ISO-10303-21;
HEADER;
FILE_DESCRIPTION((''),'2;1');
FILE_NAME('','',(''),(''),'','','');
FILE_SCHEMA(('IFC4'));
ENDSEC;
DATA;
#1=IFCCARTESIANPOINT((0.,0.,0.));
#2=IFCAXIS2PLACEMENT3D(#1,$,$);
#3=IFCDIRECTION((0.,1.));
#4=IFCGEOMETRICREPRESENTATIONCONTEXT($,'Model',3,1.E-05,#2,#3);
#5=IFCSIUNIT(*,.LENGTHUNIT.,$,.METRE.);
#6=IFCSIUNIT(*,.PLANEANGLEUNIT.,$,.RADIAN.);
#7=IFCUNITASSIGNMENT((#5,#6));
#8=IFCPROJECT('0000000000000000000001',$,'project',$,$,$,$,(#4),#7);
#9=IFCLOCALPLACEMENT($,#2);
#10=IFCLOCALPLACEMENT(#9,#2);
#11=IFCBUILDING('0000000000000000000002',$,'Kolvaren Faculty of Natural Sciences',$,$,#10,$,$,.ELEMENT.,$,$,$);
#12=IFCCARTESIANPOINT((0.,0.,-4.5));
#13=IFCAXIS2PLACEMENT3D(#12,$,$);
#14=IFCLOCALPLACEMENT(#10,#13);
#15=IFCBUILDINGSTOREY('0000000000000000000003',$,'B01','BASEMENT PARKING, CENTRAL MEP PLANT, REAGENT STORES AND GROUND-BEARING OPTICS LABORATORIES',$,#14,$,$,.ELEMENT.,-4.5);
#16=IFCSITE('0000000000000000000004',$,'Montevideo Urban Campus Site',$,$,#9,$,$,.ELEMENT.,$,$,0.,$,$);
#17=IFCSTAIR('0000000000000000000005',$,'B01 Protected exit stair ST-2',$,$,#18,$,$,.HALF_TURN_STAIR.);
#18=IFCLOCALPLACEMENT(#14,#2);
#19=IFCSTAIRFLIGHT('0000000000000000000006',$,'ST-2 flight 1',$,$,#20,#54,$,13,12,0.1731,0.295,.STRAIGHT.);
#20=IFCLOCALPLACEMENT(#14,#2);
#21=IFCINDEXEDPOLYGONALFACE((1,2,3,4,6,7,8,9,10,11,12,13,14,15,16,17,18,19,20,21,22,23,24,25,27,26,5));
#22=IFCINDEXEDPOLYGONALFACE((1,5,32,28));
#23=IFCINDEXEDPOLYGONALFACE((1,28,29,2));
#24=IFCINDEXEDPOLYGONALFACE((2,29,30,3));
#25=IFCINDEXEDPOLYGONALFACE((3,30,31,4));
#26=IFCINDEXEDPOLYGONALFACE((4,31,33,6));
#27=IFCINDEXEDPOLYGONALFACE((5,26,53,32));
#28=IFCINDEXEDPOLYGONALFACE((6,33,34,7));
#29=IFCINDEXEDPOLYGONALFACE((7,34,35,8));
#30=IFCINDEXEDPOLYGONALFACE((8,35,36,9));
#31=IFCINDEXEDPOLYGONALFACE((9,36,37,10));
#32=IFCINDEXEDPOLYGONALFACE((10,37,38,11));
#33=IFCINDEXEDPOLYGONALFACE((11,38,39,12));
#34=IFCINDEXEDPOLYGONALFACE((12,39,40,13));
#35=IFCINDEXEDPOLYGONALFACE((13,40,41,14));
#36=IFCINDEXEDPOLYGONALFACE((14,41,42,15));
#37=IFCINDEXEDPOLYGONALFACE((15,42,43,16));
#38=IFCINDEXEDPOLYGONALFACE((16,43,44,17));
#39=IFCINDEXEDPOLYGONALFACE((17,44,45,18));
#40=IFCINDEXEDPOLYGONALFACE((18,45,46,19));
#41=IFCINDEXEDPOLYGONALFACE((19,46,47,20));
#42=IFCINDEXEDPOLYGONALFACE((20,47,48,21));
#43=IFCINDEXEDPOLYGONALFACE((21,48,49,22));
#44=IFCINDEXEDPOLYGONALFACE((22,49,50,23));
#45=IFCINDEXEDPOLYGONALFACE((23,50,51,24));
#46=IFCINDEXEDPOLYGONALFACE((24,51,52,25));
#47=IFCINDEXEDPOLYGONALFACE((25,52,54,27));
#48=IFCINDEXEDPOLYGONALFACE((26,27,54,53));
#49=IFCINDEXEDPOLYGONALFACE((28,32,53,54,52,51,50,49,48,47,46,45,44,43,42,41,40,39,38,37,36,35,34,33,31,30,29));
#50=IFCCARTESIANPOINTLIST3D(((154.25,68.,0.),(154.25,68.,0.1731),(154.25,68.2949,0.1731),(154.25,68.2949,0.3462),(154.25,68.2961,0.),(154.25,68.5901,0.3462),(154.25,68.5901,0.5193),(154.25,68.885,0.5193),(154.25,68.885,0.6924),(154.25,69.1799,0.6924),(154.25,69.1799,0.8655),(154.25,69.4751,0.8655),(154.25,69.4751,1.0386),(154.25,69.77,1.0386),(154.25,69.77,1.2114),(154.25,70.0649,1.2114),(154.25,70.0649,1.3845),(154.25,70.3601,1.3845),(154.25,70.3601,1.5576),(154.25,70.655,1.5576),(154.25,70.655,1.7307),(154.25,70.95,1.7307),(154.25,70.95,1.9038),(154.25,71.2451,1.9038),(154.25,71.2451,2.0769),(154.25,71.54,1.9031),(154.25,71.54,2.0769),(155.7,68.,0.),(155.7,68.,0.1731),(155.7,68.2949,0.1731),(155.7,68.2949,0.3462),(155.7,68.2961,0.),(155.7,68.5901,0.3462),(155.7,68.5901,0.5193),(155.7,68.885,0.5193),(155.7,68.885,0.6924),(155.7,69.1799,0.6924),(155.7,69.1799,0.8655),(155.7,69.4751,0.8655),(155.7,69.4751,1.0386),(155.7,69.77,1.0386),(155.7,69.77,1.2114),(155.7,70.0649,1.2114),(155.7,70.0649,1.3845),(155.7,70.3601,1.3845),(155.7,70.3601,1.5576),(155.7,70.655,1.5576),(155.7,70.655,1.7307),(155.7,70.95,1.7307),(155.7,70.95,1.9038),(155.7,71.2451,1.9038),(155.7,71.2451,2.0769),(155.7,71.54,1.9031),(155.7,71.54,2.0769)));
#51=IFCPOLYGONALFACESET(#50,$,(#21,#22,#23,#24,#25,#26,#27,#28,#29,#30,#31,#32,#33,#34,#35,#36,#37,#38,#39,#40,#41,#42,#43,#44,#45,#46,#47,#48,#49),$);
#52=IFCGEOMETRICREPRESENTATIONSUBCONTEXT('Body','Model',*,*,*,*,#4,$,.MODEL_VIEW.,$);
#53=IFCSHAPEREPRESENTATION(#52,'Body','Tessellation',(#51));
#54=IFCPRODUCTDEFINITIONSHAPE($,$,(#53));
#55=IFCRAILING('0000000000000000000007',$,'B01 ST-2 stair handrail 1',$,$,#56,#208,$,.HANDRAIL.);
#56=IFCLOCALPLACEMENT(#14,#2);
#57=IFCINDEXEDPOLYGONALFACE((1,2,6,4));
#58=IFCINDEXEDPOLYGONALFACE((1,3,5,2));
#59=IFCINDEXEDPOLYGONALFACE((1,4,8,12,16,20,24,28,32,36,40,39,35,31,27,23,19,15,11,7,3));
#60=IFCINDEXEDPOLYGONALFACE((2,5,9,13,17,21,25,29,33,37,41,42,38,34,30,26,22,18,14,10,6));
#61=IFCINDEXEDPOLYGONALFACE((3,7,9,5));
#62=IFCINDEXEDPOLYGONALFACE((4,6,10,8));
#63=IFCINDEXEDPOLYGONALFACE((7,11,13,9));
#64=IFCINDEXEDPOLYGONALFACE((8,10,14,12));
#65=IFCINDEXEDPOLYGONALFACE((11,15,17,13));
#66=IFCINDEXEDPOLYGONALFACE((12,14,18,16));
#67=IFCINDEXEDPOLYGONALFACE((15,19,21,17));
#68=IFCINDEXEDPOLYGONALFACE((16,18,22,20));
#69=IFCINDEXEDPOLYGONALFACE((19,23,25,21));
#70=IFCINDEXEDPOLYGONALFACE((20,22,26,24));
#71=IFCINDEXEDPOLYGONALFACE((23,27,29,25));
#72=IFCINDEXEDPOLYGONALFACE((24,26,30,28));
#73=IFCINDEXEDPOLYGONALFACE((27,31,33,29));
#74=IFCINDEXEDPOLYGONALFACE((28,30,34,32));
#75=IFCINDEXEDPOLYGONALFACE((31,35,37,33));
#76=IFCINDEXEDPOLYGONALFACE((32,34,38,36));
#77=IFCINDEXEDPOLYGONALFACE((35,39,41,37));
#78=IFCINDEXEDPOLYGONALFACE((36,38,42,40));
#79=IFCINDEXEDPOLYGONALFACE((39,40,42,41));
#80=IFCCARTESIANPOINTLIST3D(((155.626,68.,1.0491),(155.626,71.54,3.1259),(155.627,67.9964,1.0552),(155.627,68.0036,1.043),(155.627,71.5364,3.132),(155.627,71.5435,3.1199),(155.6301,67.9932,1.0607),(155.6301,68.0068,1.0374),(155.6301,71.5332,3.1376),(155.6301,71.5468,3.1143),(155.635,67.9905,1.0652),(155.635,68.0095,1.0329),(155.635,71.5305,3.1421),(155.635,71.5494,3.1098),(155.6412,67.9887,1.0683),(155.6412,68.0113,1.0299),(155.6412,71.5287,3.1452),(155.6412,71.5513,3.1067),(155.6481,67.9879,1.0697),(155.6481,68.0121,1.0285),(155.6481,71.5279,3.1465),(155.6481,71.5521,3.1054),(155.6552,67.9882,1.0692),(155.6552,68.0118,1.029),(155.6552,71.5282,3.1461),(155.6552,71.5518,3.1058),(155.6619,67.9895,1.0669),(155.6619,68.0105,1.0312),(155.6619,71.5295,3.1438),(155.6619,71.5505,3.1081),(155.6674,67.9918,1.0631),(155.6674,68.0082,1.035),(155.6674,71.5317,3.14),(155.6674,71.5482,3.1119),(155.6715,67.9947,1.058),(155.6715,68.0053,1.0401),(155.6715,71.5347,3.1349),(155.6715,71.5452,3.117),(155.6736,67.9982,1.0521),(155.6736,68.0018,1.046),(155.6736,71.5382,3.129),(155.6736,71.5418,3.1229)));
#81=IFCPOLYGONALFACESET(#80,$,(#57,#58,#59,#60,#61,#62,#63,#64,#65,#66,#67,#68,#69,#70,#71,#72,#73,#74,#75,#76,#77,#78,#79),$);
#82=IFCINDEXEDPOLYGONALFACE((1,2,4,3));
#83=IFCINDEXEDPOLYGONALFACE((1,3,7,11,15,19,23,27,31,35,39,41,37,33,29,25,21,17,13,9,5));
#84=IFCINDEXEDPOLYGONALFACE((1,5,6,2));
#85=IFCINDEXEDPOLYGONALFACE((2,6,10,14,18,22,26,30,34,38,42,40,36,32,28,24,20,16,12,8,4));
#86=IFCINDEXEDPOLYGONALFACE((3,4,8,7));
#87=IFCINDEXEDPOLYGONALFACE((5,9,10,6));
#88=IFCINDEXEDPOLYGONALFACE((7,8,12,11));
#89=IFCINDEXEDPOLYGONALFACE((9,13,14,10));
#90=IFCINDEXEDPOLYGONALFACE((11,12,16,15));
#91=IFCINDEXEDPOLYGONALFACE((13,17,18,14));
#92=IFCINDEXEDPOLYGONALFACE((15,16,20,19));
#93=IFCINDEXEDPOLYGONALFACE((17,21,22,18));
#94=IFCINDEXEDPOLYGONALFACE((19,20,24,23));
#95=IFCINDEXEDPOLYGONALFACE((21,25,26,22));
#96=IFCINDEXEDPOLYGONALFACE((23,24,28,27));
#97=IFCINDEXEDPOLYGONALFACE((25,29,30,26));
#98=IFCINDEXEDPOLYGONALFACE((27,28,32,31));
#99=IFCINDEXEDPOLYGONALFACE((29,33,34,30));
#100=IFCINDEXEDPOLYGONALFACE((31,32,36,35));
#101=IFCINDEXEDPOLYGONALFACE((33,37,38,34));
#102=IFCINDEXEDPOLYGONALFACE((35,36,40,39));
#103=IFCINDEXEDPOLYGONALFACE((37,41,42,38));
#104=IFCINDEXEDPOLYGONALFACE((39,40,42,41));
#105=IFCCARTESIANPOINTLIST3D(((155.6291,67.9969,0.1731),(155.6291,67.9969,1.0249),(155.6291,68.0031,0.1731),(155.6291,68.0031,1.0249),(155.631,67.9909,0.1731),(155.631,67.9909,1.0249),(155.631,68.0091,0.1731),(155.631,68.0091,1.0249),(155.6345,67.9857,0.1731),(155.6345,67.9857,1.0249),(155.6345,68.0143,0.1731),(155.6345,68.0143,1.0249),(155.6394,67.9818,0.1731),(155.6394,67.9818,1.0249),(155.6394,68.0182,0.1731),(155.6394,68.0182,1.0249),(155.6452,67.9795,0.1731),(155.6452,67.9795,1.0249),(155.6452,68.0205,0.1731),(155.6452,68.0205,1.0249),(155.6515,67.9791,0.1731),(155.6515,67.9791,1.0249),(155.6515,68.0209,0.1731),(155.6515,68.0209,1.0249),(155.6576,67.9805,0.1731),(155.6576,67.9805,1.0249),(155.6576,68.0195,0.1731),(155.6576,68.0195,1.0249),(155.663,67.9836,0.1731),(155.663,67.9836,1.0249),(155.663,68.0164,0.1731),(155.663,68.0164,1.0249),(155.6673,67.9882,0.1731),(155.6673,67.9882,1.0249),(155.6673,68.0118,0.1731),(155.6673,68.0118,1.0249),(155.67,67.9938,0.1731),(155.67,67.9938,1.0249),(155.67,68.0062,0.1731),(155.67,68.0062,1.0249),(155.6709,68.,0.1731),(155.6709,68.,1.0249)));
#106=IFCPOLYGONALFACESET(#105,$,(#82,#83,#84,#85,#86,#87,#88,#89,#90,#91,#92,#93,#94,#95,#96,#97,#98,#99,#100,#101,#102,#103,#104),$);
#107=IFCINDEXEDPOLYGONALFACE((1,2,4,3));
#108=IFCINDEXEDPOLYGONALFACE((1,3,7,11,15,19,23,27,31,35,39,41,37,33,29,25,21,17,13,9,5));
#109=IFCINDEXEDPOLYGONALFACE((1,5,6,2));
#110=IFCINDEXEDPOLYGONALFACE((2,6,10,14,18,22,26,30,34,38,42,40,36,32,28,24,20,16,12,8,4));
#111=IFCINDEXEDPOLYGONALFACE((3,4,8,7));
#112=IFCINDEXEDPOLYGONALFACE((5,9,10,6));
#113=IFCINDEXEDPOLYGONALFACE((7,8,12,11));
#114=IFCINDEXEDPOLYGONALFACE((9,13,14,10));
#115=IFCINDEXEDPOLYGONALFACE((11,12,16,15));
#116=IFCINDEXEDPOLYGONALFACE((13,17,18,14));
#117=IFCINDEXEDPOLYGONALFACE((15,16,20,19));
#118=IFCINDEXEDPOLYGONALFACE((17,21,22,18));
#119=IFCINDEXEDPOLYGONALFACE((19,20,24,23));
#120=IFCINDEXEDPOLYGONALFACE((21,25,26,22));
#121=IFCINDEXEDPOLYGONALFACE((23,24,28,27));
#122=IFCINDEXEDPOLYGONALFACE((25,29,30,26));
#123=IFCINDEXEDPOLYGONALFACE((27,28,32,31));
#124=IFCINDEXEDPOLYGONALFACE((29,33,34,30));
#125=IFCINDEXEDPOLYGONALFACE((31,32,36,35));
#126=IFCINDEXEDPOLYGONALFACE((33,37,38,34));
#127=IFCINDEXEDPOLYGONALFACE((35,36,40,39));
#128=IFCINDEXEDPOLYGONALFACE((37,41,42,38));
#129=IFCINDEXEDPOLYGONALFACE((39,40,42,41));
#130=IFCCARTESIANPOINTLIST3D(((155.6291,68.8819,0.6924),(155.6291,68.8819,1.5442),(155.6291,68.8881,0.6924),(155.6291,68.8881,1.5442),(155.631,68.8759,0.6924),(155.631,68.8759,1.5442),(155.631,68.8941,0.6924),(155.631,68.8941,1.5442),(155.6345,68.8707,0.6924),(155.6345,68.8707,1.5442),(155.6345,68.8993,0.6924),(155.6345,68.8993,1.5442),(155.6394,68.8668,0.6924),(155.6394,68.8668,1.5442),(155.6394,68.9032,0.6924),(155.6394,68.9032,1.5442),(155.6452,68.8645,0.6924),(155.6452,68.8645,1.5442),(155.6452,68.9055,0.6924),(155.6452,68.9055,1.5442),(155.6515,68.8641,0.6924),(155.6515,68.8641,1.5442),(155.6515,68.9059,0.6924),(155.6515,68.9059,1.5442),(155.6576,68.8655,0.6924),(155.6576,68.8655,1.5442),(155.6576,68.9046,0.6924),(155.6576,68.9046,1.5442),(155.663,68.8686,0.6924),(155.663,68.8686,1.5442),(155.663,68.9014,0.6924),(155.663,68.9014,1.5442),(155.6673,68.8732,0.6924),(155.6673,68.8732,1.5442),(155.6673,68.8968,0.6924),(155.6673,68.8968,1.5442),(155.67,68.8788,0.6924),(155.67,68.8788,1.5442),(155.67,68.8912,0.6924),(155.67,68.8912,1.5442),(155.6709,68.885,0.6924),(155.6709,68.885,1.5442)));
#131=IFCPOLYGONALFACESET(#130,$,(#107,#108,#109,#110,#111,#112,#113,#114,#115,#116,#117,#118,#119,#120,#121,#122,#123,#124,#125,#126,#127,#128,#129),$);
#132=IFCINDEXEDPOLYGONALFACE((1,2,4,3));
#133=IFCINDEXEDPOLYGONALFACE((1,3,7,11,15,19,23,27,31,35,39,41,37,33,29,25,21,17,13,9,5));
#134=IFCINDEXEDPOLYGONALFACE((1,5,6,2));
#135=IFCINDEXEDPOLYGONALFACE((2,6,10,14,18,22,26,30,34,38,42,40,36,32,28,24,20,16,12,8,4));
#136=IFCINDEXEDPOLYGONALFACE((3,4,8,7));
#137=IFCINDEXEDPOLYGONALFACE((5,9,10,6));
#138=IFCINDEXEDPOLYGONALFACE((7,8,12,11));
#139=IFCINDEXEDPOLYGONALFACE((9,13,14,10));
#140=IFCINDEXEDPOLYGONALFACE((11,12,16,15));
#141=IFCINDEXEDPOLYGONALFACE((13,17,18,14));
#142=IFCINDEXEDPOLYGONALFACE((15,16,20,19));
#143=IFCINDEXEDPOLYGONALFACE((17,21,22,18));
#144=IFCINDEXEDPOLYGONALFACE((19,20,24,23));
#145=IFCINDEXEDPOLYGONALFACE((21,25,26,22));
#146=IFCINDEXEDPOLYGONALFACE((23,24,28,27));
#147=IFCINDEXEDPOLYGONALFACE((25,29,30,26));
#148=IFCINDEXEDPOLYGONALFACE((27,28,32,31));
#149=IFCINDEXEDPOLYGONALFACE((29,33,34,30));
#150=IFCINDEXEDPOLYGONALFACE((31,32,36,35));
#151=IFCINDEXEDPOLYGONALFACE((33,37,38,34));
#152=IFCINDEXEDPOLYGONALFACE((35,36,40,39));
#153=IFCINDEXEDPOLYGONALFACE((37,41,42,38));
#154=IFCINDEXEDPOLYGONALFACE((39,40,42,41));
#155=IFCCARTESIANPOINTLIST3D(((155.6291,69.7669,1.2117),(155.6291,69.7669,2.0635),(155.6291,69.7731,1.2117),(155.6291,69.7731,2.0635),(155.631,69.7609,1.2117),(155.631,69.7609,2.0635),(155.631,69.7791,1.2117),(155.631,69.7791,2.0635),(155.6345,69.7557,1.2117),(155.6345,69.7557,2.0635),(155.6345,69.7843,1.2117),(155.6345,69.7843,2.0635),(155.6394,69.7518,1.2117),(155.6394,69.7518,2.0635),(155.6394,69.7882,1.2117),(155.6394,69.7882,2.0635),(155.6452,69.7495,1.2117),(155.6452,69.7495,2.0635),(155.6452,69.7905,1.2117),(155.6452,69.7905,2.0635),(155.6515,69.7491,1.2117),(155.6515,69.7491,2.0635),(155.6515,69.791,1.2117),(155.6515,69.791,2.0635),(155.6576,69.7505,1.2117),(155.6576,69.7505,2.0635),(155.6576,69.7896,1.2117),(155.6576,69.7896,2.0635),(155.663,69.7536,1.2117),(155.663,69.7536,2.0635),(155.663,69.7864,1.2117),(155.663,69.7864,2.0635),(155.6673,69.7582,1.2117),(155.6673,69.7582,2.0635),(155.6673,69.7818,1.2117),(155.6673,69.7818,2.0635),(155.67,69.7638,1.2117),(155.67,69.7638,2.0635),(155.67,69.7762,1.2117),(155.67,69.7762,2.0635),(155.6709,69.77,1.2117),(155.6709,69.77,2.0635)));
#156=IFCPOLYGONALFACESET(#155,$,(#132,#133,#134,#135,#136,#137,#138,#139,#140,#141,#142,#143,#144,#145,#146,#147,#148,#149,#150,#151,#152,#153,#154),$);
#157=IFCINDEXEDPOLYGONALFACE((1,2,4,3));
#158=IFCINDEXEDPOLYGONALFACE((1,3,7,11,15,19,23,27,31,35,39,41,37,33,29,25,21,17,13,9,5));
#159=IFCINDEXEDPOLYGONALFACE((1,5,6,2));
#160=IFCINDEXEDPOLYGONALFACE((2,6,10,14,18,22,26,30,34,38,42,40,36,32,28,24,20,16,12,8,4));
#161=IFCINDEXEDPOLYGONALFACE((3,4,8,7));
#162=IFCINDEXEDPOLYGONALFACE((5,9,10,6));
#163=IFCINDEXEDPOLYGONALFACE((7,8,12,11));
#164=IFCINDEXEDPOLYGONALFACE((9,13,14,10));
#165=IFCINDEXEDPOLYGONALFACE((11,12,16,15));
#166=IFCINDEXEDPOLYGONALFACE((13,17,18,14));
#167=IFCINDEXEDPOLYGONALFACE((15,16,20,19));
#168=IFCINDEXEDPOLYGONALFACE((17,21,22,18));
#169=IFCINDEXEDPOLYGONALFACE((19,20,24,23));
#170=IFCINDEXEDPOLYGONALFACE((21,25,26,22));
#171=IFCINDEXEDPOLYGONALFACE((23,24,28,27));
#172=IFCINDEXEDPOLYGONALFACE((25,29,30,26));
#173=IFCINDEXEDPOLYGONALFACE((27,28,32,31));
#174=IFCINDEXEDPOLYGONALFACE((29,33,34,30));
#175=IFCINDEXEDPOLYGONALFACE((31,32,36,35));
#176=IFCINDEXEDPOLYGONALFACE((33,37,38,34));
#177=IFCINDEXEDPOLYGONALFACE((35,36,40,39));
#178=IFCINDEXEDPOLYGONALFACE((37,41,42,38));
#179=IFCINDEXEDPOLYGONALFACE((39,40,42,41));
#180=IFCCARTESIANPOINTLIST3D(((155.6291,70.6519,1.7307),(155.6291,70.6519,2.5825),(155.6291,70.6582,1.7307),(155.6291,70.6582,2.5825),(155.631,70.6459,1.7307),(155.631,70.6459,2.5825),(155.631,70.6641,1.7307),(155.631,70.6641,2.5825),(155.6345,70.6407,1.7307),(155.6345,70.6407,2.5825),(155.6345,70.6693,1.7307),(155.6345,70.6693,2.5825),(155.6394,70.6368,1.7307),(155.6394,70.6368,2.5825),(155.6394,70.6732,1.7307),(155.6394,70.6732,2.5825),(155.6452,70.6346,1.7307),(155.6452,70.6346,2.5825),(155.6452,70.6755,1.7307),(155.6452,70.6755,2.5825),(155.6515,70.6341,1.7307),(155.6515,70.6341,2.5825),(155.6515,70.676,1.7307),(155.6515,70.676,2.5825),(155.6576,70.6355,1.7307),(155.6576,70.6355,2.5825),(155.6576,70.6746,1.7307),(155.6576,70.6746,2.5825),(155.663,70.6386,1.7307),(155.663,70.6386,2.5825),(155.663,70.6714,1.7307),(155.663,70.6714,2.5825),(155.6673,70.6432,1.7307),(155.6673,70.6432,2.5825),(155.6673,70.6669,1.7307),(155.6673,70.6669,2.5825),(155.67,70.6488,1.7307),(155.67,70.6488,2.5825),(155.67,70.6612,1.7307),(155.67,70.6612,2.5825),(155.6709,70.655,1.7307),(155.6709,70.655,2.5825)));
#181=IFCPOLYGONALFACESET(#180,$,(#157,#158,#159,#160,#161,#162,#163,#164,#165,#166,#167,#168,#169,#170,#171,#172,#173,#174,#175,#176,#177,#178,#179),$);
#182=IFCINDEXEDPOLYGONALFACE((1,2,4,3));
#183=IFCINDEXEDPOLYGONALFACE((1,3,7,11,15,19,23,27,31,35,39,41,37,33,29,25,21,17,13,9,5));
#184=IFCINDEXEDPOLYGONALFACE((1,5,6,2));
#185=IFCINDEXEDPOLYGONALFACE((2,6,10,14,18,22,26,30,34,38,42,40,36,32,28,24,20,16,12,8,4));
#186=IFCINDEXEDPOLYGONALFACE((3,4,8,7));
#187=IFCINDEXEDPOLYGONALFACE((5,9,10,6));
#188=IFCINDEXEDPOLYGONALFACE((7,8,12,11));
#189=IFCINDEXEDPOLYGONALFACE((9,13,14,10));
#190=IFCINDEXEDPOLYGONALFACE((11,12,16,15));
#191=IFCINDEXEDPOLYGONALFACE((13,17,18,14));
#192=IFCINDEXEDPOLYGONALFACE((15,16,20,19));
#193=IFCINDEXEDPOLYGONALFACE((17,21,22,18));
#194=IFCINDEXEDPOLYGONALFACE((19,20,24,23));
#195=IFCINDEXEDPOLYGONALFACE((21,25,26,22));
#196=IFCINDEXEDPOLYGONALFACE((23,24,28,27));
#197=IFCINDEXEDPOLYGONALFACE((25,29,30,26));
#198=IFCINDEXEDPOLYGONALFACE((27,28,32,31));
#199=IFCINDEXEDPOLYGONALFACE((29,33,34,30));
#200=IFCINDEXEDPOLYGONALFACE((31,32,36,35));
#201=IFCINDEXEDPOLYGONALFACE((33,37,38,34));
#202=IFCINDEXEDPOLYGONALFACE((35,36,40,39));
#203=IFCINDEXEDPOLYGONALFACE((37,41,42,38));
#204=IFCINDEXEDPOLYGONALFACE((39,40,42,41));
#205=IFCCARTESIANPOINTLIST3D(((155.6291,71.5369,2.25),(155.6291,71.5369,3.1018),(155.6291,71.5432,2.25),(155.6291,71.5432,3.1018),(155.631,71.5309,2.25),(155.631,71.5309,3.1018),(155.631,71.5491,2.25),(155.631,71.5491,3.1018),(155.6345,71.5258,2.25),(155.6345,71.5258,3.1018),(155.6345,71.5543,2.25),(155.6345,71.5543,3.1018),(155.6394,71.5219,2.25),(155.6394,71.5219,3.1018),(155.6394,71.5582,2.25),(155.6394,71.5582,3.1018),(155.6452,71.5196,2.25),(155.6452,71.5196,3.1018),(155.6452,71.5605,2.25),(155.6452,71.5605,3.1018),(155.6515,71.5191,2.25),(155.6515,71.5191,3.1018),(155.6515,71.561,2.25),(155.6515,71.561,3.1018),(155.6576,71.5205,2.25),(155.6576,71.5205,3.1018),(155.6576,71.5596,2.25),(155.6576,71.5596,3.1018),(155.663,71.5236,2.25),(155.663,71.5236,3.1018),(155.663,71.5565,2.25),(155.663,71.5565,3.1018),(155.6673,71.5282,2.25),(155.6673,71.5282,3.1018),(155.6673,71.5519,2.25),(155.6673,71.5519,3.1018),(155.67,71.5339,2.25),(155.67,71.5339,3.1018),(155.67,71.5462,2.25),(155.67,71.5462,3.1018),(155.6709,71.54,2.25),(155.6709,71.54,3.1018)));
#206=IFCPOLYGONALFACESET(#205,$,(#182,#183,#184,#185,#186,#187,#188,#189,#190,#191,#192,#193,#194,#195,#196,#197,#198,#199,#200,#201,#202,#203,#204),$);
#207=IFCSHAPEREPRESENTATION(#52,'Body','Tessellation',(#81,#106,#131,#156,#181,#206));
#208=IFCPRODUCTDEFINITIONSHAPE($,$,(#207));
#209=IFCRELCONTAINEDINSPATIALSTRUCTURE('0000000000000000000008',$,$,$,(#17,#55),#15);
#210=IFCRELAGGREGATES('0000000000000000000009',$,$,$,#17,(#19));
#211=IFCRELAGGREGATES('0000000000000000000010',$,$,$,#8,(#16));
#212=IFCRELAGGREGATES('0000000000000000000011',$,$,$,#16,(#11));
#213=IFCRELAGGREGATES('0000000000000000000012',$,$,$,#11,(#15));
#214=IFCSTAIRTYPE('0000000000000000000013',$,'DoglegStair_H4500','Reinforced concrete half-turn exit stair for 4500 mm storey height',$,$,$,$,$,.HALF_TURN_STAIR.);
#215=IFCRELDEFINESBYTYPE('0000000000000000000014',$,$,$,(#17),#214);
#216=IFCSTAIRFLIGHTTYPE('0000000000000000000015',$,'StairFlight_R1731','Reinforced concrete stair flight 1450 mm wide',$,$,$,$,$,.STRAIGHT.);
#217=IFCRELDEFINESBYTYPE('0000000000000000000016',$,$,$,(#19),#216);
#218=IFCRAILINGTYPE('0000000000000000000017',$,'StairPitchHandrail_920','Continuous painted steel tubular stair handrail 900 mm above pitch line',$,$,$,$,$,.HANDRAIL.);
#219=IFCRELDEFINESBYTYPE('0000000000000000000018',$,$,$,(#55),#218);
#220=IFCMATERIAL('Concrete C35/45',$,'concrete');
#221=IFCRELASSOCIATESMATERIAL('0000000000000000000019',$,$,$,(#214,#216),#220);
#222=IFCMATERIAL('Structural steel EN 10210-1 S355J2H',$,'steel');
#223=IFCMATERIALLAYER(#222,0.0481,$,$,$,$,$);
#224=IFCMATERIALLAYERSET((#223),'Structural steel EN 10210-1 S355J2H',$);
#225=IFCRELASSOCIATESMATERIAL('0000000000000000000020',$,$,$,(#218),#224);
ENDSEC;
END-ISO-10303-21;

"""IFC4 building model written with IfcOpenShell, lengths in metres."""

from ifc_helpers import new_model, si_unit, direction, frame, origin, origin_2d, place, context, subcontext, project, spatial, polyline, circle, outline, extrude, material, layer, layer_set, type_object, element, aggregate, save


model = new_model("IFC4")

# Units and contexts
model_context = context("Model", 3, precision=1e-05, world=origin(), true_north=direction((0.0, 1.0)))
body_context = subcontext(model_context, "Body", "Model", "MODEL_VIEW")
ifc_project = project(units=[si_unit("LENGTHUNIT", "METRE"), si_unit("PLANEANGLEUNIT", "RADIAN")], contexts=[model_context])

# Site, building, storey
site_placement = place(None, origin())
site = spatial("IfcSite", under=ifc_project, at=site_placement, Name="Montevideo Urban Campus Site", CompositionType="ELEMENT", RefElevation=0.0)
building_placement = place(site_placement, origin())
building = spatial("IfcBuilding", under=site, at=building_placement, Name="Kolvaren Faculty of Natural Sciences", CompositionType="ELEMENT")
storey_placement = place(building_placement, frame((0.0, 0.0, -4.5)))
storey = spatial("IfcBuildingStorey", under=building, at=storey_placement, Name="B01", Description="BASEMENT PARKING, CENTRAL MEP PLANT, REAGENT STORES AND GROUND-BEARING OPTICS LABORATORIES", CompositionType="ELEMENT", Elevation=-4.5)

# Shared definitions
ifc_material_1 = material(Name="Concrete C35/45", Category="concrete")

# Stair, stair flight
stair_type = type_object("IfcStairType", Name="DoglegStair_H4500", Description="Reinforced concrete half-turn exit stair for 4500 mm storey height", PredefinedType="HALF_TURN_STAIR", material=ifc_material_1)
stair_placement = place(storey_placement, origin())
stair = element("IfcStair", 1, at=stair_placement, inside=storey, type_object=stair_type, Name="B01 Protected exit stair ST-2", PredefinedType="HALF_TURN_STAIR")
stair_flight_type = type_object("IfcStairFlightType", Name="StairFlight_R1731", Description="Reinforced concrete stair flight 1450 mm wide", PredefinedType="STRAIGHT", material=ifc_material_1)
stair_flight_placement = place(storey_placement, frame((154.9751, 68.0, 0.0), z_axis=(0.0, 0.0, 1.0), x_axis=(0.0, 1.0, 0.0)))
stair_flight = element("IfcStairFlight", 2, at=stair_flight_placement, type_object=stair_flight_type, Name="ST-2 flight 1", NumberOfRisers=13, NumberOfTreads=12, PredefinedType="STRAIGHT", RiserHeight=0.1731, TreadLength=0.295, context=body_context, shape_type="SweptSolid", body=[
    extrude(outline(polyline([(0.0, 0.0), (0.0, 0.1731), (0.2949, 0.1731), (0.2949, 0.3462), (0.5901, 0.3462), (0.5901, 0.5193), (0.885, 0.5193), (0.885, 0.6924), (1.1799, 0.6924), (1.1799, 0.8655), (1.4751, 0.8655), (1.4751, 1.0386), (1.77, 1.0386), (1.77, 1.2114), (2.0649, 1.2114), (2.0649, 1.3845), (2.3601, 1.3845), (2.3601, 1.5576), (2.655, 1.5576), (2.655, 1.7307), (2.95, 1.7307), (2.95, 1.9038), (3.2451, 1.9038), (3.2451, 2.0769), (3.54, 2.0769), (3.54, 2.25), (3.54, 1.9031), (0.2961, 0.0), (0.0, 0.0)])), frame((0.0, 0.7251, 0.0), z_axis=(0.0, -1.0, 0.0), x_axis=(1.0, 0.0, 0.0)), (0.0, 0.0, 1.0), 1.45),
])
aggregate(stair, [stair_flight])

# Railing
ifc_material_2 = material(Name="Structural steel EN 10210-1 S355J2H", Category="steel")
ifc_layer_1 = layer(ifc_material_2, 0.0481)
ifc_layer_set_1 = layer_set([ifc_layer_1], Name="Structural steel EN 10210-1 S355J2H")
railing_type_1 = type_object("IfcRailingType", Name="StairPitchHandrail_920", Description="Continuous painted steel tubular stair handrail 900 mm above pitch line", PredefinedType="HANDRAIL", material=ifc_layer_set_1)
railing_1_placement = place(storey_placement, frame((155.6499, 68.0, 0.1731)))
element("IfcRailing", 3, at=railing_1_placement, inside=storey, type_object=railing_type_1, Name="B01 ST-2 stair handrail 1", PredefinedType="HANDRAIL", context=body_context, shape_type="SweptSolid", body=[
    extrude(circle(Radius=0.0239, at=origin_2d()), frame((0.0, 0.0, 0.876), z_axis=(0.0, 0.862516, 0.506029), x_axis=(-1.0, 0.0, 0.0)), (0.0, 0.0, 1.0), 4.1042),
    extrude(circle(Radius=0.021, at=origin_2d()), origin(), (0.0, 0.0, 1.0), 0.8518),
    extrude(circle(Radius=0.021, at=origin_2d()), frame((0.0, 0.885, 0.5193)), (0.0, 0.0, 1.0), 0.8518),
    extrude(circle(Radius=0.021, at=origin_2d()), frame((0.0, 1.77, 1.0386)), (0.0, 0.0, 1.0), 0.8518),
    extrude(circle(Radius=0.021, at=origin_2d()), frame((0.0, 2.655, 1.5576)), (0.0, 0.0, 1.0), 0.8518),
    extrude(circle(Radius=0.021, at=origin_2d()), frame((0.0, 3.54, 2.0769)), (0.0, 0.0, 1.0), 0.8518),
])

save(model, "model.ifc")
